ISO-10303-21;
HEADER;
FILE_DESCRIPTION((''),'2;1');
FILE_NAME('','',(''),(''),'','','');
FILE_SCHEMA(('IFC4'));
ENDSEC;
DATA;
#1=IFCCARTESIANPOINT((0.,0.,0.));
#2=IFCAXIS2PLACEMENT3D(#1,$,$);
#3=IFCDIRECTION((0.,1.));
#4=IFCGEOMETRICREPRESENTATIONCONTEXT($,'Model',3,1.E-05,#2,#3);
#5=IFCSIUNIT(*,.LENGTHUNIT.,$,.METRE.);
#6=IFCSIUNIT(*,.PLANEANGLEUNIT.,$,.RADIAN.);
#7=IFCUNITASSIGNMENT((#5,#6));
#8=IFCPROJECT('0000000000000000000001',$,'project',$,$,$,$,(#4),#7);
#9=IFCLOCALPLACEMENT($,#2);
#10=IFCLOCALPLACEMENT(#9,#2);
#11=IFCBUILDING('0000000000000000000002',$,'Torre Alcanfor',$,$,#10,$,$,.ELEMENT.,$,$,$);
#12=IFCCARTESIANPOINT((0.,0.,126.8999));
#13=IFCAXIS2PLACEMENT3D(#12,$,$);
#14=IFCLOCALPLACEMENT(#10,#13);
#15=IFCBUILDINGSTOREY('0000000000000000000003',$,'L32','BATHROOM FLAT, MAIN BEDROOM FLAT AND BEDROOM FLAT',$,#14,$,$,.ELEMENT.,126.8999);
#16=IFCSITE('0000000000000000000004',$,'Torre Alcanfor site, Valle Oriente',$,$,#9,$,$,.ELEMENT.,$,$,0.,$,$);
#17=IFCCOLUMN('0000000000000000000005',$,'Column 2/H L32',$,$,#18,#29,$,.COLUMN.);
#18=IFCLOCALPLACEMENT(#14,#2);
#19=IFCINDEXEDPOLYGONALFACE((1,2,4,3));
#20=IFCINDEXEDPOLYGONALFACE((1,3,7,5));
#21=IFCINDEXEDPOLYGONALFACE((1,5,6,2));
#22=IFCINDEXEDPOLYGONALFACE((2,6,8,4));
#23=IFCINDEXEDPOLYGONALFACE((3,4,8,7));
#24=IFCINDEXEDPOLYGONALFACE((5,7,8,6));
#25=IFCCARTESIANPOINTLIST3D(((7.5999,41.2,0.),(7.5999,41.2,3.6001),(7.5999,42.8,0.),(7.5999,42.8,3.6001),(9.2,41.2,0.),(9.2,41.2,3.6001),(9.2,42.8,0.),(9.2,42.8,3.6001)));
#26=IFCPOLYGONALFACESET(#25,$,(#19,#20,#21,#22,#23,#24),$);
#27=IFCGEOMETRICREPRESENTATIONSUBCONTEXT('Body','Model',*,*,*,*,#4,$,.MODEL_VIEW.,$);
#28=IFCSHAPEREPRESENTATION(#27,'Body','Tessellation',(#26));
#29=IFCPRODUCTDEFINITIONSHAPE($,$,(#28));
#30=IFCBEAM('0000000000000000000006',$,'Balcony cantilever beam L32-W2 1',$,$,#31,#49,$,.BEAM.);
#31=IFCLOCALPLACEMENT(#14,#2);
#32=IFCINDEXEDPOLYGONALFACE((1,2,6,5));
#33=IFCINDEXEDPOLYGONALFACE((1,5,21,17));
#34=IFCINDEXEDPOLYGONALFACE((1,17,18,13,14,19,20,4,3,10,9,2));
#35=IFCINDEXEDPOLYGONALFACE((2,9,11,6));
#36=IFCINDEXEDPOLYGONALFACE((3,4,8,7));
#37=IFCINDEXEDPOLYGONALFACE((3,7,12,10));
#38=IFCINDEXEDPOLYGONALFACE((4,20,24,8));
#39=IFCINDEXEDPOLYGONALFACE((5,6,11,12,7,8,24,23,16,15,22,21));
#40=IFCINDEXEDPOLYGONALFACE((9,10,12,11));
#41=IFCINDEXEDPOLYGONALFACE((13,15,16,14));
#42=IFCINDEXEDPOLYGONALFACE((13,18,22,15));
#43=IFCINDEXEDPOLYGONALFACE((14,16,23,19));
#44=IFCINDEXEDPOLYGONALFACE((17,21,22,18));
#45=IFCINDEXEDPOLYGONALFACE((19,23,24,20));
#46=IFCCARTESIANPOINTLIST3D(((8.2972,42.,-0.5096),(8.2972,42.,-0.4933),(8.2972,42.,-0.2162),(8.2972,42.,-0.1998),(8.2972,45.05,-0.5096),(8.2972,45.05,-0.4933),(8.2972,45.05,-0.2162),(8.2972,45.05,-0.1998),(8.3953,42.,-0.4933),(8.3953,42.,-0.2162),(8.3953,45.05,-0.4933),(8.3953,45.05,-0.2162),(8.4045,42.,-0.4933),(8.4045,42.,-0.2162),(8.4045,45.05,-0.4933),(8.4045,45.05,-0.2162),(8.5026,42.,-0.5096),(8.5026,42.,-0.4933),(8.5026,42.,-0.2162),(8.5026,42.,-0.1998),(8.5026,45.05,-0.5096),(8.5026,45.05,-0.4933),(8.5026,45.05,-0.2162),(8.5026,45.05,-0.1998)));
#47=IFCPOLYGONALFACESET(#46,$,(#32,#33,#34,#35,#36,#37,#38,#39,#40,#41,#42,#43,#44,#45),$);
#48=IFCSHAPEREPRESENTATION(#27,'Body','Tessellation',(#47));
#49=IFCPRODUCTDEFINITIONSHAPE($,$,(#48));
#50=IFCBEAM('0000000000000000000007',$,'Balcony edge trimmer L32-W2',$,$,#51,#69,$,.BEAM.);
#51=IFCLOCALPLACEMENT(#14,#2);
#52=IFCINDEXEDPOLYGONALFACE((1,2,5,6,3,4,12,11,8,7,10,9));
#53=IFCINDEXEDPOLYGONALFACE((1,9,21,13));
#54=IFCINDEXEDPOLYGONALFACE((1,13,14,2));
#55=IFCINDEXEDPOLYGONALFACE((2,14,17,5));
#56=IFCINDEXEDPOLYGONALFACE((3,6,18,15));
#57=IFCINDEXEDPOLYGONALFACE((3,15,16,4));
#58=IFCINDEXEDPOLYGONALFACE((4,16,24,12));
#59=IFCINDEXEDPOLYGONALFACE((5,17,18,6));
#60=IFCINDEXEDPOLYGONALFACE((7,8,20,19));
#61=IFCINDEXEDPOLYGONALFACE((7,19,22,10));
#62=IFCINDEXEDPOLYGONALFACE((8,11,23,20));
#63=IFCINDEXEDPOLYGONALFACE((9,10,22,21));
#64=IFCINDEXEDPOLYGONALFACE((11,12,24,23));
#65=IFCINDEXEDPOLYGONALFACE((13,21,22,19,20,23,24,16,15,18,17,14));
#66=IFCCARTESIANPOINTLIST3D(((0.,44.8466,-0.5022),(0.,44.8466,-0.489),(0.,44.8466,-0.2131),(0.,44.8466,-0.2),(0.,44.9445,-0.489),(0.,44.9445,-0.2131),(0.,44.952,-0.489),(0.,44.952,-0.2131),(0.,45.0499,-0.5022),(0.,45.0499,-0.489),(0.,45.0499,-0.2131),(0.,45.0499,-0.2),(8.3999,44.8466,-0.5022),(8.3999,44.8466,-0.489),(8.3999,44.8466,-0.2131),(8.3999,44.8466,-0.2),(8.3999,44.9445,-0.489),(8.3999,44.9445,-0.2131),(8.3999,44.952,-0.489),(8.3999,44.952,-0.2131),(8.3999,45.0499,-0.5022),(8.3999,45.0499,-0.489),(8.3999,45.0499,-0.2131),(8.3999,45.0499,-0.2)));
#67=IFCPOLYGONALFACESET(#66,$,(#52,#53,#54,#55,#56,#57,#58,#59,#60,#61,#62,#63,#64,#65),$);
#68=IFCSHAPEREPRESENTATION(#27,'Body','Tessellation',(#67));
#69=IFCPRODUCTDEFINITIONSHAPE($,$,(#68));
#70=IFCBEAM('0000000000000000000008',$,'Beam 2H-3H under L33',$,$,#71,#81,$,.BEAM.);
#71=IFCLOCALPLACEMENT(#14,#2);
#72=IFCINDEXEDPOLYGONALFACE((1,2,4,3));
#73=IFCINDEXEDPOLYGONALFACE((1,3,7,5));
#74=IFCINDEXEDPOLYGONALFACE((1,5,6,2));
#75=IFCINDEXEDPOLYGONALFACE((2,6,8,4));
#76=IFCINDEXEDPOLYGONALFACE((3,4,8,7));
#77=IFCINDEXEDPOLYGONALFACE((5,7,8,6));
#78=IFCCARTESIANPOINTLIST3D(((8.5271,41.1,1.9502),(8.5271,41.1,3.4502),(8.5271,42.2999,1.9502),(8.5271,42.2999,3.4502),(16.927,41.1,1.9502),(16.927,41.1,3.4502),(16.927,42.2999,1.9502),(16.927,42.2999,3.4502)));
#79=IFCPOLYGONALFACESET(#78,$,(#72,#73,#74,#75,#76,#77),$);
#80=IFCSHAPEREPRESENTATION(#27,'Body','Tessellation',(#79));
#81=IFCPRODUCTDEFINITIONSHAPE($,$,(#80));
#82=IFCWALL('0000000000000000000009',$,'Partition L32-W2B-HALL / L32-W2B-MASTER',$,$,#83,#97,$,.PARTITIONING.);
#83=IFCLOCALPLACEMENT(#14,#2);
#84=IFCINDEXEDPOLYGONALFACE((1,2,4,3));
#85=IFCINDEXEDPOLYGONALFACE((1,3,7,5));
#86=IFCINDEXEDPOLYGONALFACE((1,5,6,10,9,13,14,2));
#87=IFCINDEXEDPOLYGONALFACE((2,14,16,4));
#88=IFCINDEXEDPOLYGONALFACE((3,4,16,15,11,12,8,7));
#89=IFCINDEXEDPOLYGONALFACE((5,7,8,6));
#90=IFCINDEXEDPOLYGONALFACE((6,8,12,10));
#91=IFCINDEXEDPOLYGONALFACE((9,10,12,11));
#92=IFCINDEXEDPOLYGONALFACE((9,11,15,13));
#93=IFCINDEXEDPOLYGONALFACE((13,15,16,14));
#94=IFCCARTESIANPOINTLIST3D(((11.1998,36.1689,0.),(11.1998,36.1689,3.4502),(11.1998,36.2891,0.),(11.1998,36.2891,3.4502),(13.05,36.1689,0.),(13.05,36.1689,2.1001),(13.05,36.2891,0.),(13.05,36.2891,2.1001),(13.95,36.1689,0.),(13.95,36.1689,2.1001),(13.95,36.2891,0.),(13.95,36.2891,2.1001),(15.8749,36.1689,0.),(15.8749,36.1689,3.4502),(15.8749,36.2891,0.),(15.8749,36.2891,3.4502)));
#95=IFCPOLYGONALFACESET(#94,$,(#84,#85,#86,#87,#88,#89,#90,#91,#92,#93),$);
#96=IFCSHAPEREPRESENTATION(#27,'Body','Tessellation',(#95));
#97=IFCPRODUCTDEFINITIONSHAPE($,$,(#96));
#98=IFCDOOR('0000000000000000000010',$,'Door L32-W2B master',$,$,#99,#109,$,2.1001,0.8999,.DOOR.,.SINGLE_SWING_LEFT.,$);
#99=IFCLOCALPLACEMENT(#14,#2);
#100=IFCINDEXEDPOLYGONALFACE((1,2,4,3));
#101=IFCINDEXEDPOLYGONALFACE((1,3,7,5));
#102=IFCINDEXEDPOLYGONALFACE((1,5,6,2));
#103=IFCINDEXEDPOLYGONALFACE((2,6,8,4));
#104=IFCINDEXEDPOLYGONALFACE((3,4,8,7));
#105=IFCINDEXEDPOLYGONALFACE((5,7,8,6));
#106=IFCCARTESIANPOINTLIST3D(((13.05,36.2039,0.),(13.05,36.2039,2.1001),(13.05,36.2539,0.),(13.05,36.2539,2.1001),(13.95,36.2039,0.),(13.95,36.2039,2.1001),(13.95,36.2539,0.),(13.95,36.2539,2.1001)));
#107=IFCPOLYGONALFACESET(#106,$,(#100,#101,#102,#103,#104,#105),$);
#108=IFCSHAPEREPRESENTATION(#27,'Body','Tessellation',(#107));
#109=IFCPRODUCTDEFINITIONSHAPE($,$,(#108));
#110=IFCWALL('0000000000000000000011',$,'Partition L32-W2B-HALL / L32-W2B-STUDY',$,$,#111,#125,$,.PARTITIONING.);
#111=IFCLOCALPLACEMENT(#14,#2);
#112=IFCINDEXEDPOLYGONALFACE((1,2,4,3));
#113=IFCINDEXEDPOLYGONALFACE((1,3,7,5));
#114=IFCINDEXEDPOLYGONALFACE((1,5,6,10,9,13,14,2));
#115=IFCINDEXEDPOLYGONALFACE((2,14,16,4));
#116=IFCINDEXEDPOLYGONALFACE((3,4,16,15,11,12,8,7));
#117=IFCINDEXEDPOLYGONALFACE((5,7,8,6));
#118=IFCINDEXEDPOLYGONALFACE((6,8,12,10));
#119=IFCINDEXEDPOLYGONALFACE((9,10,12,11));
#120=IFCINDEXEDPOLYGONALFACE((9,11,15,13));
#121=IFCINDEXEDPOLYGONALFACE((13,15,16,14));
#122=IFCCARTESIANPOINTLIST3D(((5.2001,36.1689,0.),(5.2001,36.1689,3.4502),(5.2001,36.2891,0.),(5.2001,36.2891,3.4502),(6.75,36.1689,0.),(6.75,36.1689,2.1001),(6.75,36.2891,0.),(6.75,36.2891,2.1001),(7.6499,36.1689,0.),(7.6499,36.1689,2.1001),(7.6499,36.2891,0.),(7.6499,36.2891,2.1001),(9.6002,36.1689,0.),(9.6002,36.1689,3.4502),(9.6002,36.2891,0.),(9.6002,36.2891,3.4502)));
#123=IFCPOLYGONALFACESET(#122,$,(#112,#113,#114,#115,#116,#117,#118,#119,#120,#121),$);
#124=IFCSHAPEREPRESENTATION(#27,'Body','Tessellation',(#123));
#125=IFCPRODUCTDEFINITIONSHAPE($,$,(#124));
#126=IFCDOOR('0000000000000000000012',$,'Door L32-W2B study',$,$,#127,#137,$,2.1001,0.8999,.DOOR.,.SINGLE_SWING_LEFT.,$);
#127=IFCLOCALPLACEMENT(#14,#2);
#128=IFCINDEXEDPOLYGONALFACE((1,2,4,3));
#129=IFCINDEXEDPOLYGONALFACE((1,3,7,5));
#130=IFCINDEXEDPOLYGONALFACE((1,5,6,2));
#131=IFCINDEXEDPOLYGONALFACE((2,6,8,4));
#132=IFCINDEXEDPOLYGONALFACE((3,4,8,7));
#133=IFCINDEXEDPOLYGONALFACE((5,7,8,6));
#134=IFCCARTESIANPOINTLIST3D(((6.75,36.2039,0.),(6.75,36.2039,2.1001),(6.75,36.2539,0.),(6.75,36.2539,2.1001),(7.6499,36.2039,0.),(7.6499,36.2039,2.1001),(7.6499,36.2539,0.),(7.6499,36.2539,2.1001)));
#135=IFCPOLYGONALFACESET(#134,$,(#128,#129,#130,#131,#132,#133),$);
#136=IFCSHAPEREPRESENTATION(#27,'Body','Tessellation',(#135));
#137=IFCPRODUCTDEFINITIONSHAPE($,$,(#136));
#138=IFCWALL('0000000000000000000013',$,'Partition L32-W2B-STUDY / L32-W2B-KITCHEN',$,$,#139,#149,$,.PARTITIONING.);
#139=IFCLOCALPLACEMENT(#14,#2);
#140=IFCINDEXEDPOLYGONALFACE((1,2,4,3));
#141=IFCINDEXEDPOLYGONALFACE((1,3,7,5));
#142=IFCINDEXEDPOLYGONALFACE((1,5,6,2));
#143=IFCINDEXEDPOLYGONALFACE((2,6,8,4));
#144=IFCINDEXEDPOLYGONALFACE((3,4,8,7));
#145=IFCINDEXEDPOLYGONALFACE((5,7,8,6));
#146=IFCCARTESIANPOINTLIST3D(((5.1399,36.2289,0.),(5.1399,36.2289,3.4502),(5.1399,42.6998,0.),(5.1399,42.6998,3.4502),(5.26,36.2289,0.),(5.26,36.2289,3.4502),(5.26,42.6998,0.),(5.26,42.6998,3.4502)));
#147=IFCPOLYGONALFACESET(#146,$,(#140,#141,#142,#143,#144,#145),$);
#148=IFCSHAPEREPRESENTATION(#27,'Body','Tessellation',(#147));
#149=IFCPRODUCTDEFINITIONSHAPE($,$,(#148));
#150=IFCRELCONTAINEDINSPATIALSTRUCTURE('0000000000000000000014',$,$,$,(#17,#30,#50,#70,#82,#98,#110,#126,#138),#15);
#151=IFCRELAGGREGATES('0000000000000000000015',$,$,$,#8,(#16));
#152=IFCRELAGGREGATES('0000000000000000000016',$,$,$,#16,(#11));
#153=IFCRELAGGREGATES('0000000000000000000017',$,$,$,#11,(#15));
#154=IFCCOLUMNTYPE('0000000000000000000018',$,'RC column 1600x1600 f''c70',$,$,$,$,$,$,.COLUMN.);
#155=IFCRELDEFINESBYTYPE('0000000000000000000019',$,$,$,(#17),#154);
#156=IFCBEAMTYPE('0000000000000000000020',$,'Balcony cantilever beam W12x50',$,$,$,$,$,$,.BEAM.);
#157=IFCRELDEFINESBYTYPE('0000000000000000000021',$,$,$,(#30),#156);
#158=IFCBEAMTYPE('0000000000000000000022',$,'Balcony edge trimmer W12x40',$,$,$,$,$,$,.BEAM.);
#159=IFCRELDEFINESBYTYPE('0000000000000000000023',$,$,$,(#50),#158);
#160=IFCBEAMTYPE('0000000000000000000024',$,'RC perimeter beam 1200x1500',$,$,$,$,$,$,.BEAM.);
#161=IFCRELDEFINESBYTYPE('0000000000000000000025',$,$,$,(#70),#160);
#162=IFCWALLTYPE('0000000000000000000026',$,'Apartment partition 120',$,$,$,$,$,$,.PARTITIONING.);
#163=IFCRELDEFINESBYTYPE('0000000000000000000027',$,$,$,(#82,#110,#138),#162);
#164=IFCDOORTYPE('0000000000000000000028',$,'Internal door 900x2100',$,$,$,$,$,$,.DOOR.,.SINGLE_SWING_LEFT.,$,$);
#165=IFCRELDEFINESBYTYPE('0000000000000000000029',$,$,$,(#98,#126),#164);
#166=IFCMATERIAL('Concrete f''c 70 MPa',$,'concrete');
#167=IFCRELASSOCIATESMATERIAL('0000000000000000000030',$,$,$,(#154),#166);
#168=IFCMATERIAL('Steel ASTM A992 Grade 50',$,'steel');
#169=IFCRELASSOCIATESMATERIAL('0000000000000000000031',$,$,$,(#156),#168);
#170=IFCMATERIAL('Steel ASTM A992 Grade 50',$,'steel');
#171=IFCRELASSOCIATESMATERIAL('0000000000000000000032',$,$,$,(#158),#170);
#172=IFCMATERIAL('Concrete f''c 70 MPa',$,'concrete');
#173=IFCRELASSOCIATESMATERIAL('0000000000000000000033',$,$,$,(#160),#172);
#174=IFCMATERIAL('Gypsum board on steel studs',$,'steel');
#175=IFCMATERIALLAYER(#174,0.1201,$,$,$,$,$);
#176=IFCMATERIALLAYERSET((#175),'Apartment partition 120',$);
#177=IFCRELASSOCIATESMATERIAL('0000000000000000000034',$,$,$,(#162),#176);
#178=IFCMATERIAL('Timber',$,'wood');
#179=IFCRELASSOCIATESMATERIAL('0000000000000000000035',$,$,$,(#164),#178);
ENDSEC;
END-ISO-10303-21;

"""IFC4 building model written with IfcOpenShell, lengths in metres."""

from ifc_helpers import new_model, si_unit, direction, frame, frame_2d, origin, origin_2d, place, context, subcontext, project, spatial, rectangle, i_section, extrude, material, layer, layer_set, material_profile, profile_set, type_object, element, fill, save


model = new_model("IFC4")

# Units and contexts
model_context = context("Model", 3, precision=1e-05, world=origin(), true_north=direction((0.0, 1.0)))
body_context = subcontext(model_context, "Body", "Model", "MODEL_VIEW")
ifc_project = project(units=[si_unit("LENGTHUNIT", "METRE"), si_unit("PLANEANGLEUNIT", "RADIAN")], contexts=[model_context])

# Site, building, storey
site_placement = place(None, origin())
site = spatial("IfcSite", under=ifc_project, at=site_placement, Name="Torre Alcanfor site, Valle Oriente", CompositionType="ELEMENT", RefElevation=0.0)
building_placement = place(site_placement, origin())
building = spatial("IfcBuilding", under=site, at=building_placement, Name="Torre Alcanfor", CompositionType="ELEMENT")
storey_placement = place(building_placement, frame((0.0, 0.0, 126.8999)))
storey = spatial("IfcBuildingStorey", under=building, at=storey_placement, Name="L32", Description="BATHROOM FLAT, MAIN BEDROOM FLAT AND BEDROOM FLAT", CompositionType="ELEMENT", Elevation=126.8999)

# Column
ifc_material_1 = material(Name="Concrete f'c 70 MPa", Category="concrete")
ifc_material_profile_1 = material_profile(ifc_material_1, rectangle(XDim=1.6001, YDim=1.6001, at=origin_2d()), Name="1600x1600")
ifc_profile_set_1 = profile_set([ifc_material_profile_1], Name="Concrete f'c 70 MPa")
column_type = type_object("IfcColumnType", Name="RC column 1600x1600 f'c70", PredefinedType="COLUMN", material=ifc_profile_set_1)
column_placement = place(storey_placement, frame((8.3999, 42.0, 0.0), z_axis=(0.0, 0.0, 1.0), x_axis=(1.0, 0.0, 0.0)))
element("IfcColumn", 1, at=column_placement, inside=storey, type_object=column_type, Name="Column 2/H L32", PredefinedType="COLUMN", context=body_context, shape_type="SweptSolid", body=[
    extrude(rectangle(XDim=1.6001, YDim=1.6001, at=origin_2d()), origin(), (0.0, 0.0, 1.0), 3.6001),
])

# Beams
ifc_material_2 = material(Name="Steel ASTM A992 Grade 50", Category="steel")
ifc_material_profile_2 = material_profile(ifc_material_2, i_section(OverallWidth=0.2053, OverallDepth=0.3098, WebThickness=0.0093, FlangeThickness=0.0164, at=origin_2d()), Name="W12x50")
ifc_profile_set_2 = profile_set([ifc_material_profile_2], Name="Steel ASTM A992 Grade 50")
beam_type_1 = type_object("IfcBeamType", Name="Balcony cantilever beam W12x50", PredefinedType="BEAM", material=ifc_profile_set_2)
beam_1_placement = place(storey_placement, frame((8.3999, 42.0, -0.3547), z_axis=(0.0, 1.0, 0.0), x_axis=(-1.0, 0.0, 0.0)))
element("IfcBeam", 2, at=beam_1_placement, inside=storey, type_object=beam_type_1, Name="Balcony cantilever beam L32-W2 1", PredefinedType="BEAM", context=body_context, shape_type="SweptSolid", body=[
    extrude(i_section(OverallWidth=0.2053, OverallDepth=0.3098, WebThickness=0.0093, FlangeThickness=0.0164, at=origin_2d()), origin(), (0.0, 0.0, 1.0), 3.05),
])
ifc_material_3 = material(Name="Steel ASTM A992 Grade 50", Category="steel")
ifc_material_profile_3 = material_profile(ifc_material_3, i_section(OverallWidth=0.2034, OverallDepth=0.3022, WebThickness=0.0076, FlangeThickness=0.0132, at=origin_2d()), Name="W12x40")
ifc_profile_set_3 = profile_set([ifc_material_profile_3], Name="Steel ASTM A992 Grade 50")
beam_type_2 = type_object("IfcBeamType", Name="Balcony edge trimmer W12x40", PredefinedType="BEAM", material=ifc_profile_set_3)
beam_2_placement = place(storey_placement, frame((8.3999, 44.9482, -0.3511), z_axis=(-1.0, 0.0, 0.0), x_axis=(0.0, -1.0, 0.0)))
element("IfcBeam", 3, at=beam_2_placement, inside=storey, type_object=beam_type_2, Name="Balcony edge trimmer L32-W2", PredefinedType="BEAM", context=body_context, shape_type="SweptSolid", body=[
    extrude(i_section(OverallWidth=0.2034, OverallDepth=0.3022, WebThickness=0.0076, FlangeThickness=0.0132, at=origin_2d()), origin(), (0.0, 0.0, 1.0), 8.3999),
])
ifc_material_4 = material(Name="Concrete f'c 70 MPa", Category="concrete")
ifc_material_profile_4 = material_profile(ifc_material_4, rectangle(XDim=1.2, YDim=1.5, at=origin_2d()), Name="1200x1500")
ifc_profile_set_4 = profile_set([ifc_material_profile_4], Name="Concrete f'c 70 MPa")
beam_type_3 = type_object("IfcBeamType", Name="RC perimeter beam 1200x1500", PredefinedType="BEAM", material=ifc_profile_set_4)
beam_3_placement = place(storey_placement, frame((8.5271, 41.7, 2.7002), z_axis=(1.0, 0.0, 0.0), x_axis=(0.0, 1.0, 0.0)))
element("IfcBeam", 4, at=beam_3_placement, inside=storey, type_object=beam_type_3, Name="Beam 2H-3H under L33", PredefinedType="BEAM", context=body_context, shape_type="SweptSolid", body=[
    extrude(rectangle(XDim=1.2, YDim=1.5, at=origin_2d()), origin(), (0.0, 0.0, 1.0), 8.3999),
])

# Walls, openings, doors
ifc_material_5 = material(Name="Gypsum board on steel studs", Category="steel")
ifc_layer_1 = layer(ifc_material_5, 0.1201)
ifc_layer_set_1 = layer_set([ifc_layer_1], Name="Apartment partition 120")
wall_type_1 = type_object("IfcWallType", Name="Apartment partition 120", PredefinedType="PARTITIONING", material=ifc_layer_set_1)
wall_1_placement = place(storey_placement, frame((11.2, 36.229, 0.0), z_axis=(0.0, 0.0, 1.0), x_axis=(1.0, 0.0, 0.0)))
wall_1 = element("IfcWall", 5, at=wall_1_placement, inside=storey, type_object=wall_type_1, Name="Partition L32-W2B-HALL / L32-W2B-MASTER", PredefinedType="PARTITIONING", context=body_context, shape_type="SweptSolid", body=[
    extrude(rectangle(XDim=4.675, YDim=0.1201, at=frame_2d((2.3374, 0.0))), origin(), (0.0, 0.0, 1.0), 3.4502),
])
opening_1_placement = place(wall_1_placement, frame((1.8501, 0.0, 0.0)))
opening_1 = element("IfcOpeningElement", 6, at=opening_1_placement, cuts=wall_1, PredefinedType="OPENING", context=body_context, shape_type="SweptSolid", body=[
    extrude(rectangle(XDim=0.8999, YDim=2.1001, at=frame_2d((0.45, 1.05))), frame((0.0, 0.0701, 0.0), z_axis=(0.0, -1.0, 0.0), x_axis=(1.0, 0.0, 0.0)), (0.0, 0.0, 1.0), 0.1401),
])
ifc_material_6 = material(Name="Timber", Category="wood")
door_type_1 = type_object("IfcDoorType", Name="Internal door 900x2100", OperationType="SINGLE_SWING_LEFT", PredefinedType="DOOR", material=ifc_material_6)
door_1_placement = place(opening_1_placement, origin())
door_1 = element("IfcDoor", 7, at=door_1_placement, inside=storey, type_object=door_type_1, Name="Door L32-W2B master", OperationType="SINGLE_SWING_LEFT", OverallHeight=2.1001, OverallWidth=0.8999, PredefinedType="DOOR", context=body_context, shape_type="SweptSolid", body=[
    extrude(rectangle(XDim=0.8999, YDim=2.1001, at=frame_2d((0.45, 1.05))), frame((0.0, 0.0249, 0.0), z_axis=(0.0, -1.0, 0.0), x_axis=(1.0, 0.0, 0.0)), (0.0, 0.0, 1.0), 0.05),
])
fill(opening_1, door_1)
wall_2_placement = place(storey_placement, frame((5.2, 36.229, 0.0), z_axis=(0.0, 0.0, 1.0), x_axis=(1.0, 0.0, 0.0)))
wall_2 = element("IfcWall", 8, at=wall_2_placement, inside=storey, type_object=wall_type_1, Name="Partition L32-W2B-HALL / L32-W2B-STUDY", PredefinedType="PARTITIONING", context=body_context, shape_type="SweptSolid", body=[
    extrude(rectangle(XDim=4.4001, YDim=0.1201, at=frame_2d((2.2002, 0.0))), origin(), (0.0, 0.0, 1.0), 3.4502),
])
opening_2_placement = place(wall_2_placement, frame((1.55, 0.0, 0.0)))
opening_2 = element("IfcOpeningElement", 9, at=opening_2_placement, cuts=wall_2, PredefinedType="OPENING", context=body_context, shape_type="SweptSolid", body=[
    extrude(rectangle(XDim=0.8999, YDim=2.1001, at=frame_2d((0.45, 1.05))), frame((0.0, 0.0701, 0.0), z_axis=(0.0, -1.0, 0.0), x_axis=(1.0, 0.0, 0.0)), (0.0, 0.0, 1.0), 0.1401),
])
door_2_placement = place(opening_2_placement, origin())
door_2 = element("IfcDoor", 10, at=door_2_placement, inside=storey, type_object=door_type_1, Name="Door L32-W2B study", OperationType="SINGLE_SWING_LEFT", OverallHeight=2.1001, OverallWidth=0.8999, PredefinedType="DOOR", context=body_context, shape_type="SweptSolid", body=[
    extrude(rectangle(XDim=0.8999, YDim=2.1001, at=frame_2d((0.45, 1.05))), frame((0.0, 0.0249, 0.0), z_axis=(0.0, -1.0, 0.0), x_axis=(1.0, 0.0, 0.0)), (0.0, 0.0, 1.0), 0.05),
])
fill(opening_2, door_2)

# Wall
wall_3_placement = place(storey_placement, frame((5.2, 36.229, 0.0), z_axis=(0.0, 0.0, 1.0), x_axis=(0.0, 1.0, 0.0)))
element("IfcWall", 11, at=wall_3_placement, inside=storey, type_object=wall_type_1, Name="Partition L32-W2B-STUDY / L32-W2B-KITCHEN", PredefinedType="PARTITIONING", context=body_context, shape_type="SweptSolid", body=[
    extrude(rectangle(XDim=6.4709, YDim=0.1201, at=frame_2d((3.2354, 0.0))), origin(), (0.0, 0.0, 1.0), 3.4502),
])

save(model, "model.ifc")
